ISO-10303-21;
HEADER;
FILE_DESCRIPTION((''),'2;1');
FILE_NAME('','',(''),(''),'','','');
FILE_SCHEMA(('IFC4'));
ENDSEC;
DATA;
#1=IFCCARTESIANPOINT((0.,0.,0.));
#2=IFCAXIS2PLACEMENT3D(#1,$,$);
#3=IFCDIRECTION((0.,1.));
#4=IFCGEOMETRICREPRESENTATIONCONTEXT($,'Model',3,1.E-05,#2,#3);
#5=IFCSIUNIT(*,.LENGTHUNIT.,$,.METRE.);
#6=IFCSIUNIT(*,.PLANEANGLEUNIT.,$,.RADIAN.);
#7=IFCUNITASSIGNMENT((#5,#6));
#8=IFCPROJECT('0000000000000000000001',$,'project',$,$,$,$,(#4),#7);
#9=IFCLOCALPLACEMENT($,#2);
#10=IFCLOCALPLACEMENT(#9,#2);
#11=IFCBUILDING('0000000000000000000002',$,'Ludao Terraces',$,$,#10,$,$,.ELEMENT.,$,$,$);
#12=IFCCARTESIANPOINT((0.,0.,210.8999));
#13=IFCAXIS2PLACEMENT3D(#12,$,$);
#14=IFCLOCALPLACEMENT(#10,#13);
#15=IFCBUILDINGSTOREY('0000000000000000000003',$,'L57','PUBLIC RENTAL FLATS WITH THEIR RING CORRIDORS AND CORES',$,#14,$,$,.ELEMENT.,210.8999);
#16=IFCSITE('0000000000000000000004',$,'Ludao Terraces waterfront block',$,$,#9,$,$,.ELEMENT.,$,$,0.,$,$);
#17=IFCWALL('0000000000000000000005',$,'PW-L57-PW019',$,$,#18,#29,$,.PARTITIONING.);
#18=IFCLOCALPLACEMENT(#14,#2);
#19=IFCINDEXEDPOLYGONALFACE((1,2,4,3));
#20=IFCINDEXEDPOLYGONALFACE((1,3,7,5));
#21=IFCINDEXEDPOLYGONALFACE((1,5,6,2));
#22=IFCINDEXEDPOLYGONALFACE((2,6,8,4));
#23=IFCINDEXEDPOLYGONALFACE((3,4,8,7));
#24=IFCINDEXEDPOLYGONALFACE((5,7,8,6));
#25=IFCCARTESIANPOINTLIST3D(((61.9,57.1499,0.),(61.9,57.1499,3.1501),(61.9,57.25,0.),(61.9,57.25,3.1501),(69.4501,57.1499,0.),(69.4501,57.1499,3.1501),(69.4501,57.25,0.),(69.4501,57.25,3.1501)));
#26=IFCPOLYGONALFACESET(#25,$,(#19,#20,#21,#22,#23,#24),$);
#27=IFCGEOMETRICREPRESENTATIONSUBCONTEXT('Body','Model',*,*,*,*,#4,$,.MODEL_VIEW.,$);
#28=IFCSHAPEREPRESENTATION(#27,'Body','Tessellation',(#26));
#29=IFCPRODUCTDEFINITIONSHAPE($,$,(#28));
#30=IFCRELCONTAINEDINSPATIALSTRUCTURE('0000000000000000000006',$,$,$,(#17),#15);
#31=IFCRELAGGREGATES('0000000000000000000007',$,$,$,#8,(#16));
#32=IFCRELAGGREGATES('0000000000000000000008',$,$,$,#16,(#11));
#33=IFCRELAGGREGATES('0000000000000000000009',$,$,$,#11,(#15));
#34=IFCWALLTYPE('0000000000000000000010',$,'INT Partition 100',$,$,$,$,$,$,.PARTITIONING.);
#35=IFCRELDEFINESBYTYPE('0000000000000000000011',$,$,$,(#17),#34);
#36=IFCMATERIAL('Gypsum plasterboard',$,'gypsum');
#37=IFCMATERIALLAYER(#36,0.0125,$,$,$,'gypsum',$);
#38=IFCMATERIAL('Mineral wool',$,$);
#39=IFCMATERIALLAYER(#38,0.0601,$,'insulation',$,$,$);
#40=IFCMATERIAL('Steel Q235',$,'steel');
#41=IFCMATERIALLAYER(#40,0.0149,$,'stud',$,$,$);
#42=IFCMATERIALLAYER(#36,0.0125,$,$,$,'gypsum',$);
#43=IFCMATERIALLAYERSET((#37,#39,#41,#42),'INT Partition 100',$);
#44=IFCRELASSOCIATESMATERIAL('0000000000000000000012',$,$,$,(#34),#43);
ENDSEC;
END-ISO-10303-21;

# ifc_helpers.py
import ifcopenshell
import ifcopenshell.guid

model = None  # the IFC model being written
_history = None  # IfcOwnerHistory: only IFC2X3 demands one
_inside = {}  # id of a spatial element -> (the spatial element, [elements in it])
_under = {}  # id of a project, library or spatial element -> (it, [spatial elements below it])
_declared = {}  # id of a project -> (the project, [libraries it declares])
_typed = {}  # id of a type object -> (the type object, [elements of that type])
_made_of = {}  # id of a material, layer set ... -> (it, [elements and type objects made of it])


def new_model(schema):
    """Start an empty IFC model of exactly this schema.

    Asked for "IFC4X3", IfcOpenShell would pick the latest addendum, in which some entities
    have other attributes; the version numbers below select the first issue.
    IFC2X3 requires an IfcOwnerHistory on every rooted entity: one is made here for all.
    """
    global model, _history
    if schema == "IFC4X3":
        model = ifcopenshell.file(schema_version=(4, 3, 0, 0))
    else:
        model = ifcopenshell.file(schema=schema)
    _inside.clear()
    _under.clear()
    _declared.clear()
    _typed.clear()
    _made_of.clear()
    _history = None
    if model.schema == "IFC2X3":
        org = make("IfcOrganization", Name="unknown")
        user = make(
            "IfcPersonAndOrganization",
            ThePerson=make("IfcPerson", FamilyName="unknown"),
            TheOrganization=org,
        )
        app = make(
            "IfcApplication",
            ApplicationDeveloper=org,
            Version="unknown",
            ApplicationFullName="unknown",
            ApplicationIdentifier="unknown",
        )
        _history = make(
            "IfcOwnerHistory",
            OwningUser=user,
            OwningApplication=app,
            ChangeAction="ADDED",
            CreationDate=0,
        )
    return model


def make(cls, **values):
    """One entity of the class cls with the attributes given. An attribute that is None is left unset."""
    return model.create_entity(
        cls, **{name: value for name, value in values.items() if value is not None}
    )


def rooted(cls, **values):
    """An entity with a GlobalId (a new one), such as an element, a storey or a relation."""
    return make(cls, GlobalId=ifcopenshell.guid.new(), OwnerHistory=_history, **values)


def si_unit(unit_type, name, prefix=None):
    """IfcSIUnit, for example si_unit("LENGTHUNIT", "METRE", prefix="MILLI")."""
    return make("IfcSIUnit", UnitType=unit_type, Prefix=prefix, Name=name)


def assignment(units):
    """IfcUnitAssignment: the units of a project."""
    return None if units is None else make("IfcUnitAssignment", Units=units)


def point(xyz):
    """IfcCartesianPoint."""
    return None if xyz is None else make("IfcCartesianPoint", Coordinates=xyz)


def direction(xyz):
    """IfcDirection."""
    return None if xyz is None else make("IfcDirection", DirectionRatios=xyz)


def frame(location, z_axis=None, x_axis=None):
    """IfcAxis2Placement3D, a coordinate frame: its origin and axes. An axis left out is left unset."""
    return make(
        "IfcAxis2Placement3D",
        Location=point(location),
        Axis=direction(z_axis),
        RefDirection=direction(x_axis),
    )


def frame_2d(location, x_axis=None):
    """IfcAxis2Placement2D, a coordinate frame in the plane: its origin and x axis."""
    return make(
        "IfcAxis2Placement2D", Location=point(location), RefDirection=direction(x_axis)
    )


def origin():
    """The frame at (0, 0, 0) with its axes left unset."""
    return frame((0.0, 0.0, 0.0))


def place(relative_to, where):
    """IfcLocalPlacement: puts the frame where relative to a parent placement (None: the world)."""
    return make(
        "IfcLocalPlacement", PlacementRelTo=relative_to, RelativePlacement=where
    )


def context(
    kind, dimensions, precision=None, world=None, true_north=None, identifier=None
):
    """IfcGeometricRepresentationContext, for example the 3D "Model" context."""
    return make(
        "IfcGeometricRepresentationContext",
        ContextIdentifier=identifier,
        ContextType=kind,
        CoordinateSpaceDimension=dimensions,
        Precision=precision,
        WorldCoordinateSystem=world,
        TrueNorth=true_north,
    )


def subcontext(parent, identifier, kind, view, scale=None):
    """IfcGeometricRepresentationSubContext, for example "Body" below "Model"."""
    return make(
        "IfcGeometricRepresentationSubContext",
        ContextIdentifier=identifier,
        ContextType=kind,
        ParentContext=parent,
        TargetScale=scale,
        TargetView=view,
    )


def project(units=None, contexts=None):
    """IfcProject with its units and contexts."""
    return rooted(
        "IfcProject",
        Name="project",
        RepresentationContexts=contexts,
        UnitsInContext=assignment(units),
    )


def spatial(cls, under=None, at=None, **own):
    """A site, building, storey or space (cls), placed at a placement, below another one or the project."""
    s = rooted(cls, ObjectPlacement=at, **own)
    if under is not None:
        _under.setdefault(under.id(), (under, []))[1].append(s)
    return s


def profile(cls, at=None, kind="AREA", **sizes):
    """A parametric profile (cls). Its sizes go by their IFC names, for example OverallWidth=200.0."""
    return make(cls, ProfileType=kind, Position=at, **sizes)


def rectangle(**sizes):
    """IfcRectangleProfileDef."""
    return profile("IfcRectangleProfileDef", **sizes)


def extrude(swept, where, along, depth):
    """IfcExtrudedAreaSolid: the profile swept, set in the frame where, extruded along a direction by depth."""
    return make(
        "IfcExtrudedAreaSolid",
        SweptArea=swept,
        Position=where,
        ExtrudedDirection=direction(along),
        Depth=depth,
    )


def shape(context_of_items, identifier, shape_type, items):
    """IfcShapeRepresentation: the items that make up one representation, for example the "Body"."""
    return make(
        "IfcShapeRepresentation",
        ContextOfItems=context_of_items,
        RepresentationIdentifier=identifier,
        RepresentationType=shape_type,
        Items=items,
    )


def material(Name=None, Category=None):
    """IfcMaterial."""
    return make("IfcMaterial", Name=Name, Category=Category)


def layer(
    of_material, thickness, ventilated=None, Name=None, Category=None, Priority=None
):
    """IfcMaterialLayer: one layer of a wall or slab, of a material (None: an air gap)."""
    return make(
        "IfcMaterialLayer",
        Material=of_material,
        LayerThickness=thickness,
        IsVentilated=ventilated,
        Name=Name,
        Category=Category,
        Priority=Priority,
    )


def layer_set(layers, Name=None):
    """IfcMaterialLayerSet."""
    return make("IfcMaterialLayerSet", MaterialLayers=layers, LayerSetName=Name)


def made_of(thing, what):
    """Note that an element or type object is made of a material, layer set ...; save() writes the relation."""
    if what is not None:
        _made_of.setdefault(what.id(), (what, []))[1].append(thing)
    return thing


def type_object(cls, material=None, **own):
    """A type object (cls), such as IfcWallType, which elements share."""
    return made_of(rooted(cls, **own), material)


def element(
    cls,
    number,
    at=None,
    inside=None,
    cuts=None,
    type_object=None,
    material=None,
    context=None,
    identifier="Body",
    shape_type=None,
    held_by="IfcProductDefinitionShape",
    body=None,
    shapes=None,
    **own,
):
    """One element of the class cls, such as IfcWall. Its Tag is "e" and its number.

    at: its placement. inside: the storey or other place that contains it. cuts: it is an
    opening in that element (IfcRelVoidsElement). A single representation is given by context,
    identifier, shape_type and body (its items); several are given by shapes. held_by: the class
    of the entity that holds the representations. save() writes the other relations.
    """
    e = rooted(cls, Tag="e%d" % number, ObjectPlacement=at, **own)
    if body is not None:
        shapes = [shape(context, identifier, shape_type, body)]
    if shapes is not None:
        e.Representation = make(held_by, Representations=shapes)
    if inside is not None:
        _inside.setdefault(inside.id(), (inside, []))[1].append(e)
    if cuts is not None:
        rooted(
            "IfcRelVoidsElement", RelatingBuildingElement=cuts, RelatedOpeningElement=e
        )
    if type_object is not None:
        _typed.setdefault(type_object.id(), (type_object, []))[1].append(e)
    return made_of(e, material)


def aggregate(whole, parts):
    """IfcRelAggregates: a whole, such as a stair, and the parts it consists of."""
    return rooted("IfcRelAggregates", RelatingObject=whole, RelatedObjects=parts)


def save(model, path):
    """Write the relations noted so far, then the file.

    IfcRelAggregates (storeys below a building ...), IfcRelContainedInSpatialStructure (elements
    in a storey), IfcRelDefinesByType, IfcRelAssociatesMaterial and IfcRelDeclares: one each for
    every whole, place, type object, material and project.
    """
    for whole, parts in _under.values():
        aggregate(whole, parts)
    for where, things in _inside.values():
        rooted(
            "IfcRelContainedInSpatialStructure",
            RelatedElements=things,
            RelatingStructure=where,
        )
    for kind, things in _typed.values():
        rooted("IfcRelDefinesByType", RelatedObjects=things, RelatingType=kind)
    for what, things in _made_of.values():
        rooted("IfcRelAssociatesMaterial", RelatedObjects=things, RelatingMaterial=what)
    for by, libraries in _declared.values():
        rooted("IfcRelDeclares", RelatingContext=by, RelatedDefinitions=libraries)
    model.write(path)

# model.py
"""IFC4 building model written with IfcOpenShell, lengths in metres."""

from ifc_helpers import new_model, si_unit, direction, frame, frame_2d, origin, place, context, subcontext, project, spatial, rectangle, extrude, material, layer, layer_set, type_object, element, save


model = new_model("IFC4")

# Units and contexts
model_context = context("Model", 3, precision=1e-05, world=origin(), true_north=direction((0.0, 1.0)))
body_context = subcontext(model_context, "Body", "Model", "MODEL_VIEW")
ifc_project = project(units=[si_unit("LENGTHUNIT", "METRE"), si_unit("PLANEANGLEUNIT", "RADIAN")], contexts=[model_context])

# Site, building, storey
site_placement = place(None, origin())
site = spatial("IfcSite", under=ifc_project, at=site_placement, Name="Ludao Terraces waterfront block", CompositionType="ELEMENT", RefElevation=0.0)
building_placement = place(site_placement, origin())
building = spatial("IfcBuilding", under=site, at=building_placement, Name="Ludao Terraces", CompositionType="ELEMENT")
storey_placement = place(building_placement, frame((0.0, 0.0, 210.8999)))
storey = spatial("IfcBuildingStorey", under=building, at=storey_placement, Name="L57", Description="PUBLIC RENTAL FLATS WITH THEIR RING CORRIDORS AND CORES", CompositionType="ELEMENT", Elevation=210.8999)

# Shared definitions
ifc_material_1 = material(Name="Mineral wool")

# Shared definitions
ifc_material_2 = material(Name="Gypsum plasterboard", Category="gypsum")
ifc_layer_1 = layer(ifc_material_2, 0.0125, Category="gypsum")
ifc_layer_2 = layer(ifc_material_1, 0.0601, Name="insulation")
ifc_material_3 = material(Name="Steel Q235", Category="steel")
ifc_layer_3 = layer(ifc_material_3, 0.0149, Name="stud")
ifc_layer_4 = layer(ifc_material_2, 0.0125, Category="gypsum")
ifc_layer_set_1 = layer_set([ifc_layer_1, ifc_layer_2, ifc_layer_3, ifc_layer_4], Name="INT Partition 100")
wall_type_1 = type_object("IfcWallType", Name="INT Partition 100", PredefinedType="PARTITIONING", material=ifc_layer_set_1)

# Wall
for number, where, z_axis, x_axis, name in (
    (1, (61.9001, 57.2, 0.0), (0.0, 0.0, 1.0), (1.0, 0.0, 0.0), "PW-L57-PW019"),
):
    element("IfcWall", number, at=place(storey_placement, frame(where, z_axis=z_axis, x_axis=x_axis)), inside=storey, type_object=wall_type_1, Name=name, PredefinedType="PARTITIONING", context=body_context, shape_type="SweptSolid", body=[
        extrude(rectangle(XDim=7.55, YDim=0.1001, at=frame_2d((3.7749, 0.0))), origin(), (0.0, 0.0, 1.0), 3.1501),
    ])

save(model, "model.ifc")
